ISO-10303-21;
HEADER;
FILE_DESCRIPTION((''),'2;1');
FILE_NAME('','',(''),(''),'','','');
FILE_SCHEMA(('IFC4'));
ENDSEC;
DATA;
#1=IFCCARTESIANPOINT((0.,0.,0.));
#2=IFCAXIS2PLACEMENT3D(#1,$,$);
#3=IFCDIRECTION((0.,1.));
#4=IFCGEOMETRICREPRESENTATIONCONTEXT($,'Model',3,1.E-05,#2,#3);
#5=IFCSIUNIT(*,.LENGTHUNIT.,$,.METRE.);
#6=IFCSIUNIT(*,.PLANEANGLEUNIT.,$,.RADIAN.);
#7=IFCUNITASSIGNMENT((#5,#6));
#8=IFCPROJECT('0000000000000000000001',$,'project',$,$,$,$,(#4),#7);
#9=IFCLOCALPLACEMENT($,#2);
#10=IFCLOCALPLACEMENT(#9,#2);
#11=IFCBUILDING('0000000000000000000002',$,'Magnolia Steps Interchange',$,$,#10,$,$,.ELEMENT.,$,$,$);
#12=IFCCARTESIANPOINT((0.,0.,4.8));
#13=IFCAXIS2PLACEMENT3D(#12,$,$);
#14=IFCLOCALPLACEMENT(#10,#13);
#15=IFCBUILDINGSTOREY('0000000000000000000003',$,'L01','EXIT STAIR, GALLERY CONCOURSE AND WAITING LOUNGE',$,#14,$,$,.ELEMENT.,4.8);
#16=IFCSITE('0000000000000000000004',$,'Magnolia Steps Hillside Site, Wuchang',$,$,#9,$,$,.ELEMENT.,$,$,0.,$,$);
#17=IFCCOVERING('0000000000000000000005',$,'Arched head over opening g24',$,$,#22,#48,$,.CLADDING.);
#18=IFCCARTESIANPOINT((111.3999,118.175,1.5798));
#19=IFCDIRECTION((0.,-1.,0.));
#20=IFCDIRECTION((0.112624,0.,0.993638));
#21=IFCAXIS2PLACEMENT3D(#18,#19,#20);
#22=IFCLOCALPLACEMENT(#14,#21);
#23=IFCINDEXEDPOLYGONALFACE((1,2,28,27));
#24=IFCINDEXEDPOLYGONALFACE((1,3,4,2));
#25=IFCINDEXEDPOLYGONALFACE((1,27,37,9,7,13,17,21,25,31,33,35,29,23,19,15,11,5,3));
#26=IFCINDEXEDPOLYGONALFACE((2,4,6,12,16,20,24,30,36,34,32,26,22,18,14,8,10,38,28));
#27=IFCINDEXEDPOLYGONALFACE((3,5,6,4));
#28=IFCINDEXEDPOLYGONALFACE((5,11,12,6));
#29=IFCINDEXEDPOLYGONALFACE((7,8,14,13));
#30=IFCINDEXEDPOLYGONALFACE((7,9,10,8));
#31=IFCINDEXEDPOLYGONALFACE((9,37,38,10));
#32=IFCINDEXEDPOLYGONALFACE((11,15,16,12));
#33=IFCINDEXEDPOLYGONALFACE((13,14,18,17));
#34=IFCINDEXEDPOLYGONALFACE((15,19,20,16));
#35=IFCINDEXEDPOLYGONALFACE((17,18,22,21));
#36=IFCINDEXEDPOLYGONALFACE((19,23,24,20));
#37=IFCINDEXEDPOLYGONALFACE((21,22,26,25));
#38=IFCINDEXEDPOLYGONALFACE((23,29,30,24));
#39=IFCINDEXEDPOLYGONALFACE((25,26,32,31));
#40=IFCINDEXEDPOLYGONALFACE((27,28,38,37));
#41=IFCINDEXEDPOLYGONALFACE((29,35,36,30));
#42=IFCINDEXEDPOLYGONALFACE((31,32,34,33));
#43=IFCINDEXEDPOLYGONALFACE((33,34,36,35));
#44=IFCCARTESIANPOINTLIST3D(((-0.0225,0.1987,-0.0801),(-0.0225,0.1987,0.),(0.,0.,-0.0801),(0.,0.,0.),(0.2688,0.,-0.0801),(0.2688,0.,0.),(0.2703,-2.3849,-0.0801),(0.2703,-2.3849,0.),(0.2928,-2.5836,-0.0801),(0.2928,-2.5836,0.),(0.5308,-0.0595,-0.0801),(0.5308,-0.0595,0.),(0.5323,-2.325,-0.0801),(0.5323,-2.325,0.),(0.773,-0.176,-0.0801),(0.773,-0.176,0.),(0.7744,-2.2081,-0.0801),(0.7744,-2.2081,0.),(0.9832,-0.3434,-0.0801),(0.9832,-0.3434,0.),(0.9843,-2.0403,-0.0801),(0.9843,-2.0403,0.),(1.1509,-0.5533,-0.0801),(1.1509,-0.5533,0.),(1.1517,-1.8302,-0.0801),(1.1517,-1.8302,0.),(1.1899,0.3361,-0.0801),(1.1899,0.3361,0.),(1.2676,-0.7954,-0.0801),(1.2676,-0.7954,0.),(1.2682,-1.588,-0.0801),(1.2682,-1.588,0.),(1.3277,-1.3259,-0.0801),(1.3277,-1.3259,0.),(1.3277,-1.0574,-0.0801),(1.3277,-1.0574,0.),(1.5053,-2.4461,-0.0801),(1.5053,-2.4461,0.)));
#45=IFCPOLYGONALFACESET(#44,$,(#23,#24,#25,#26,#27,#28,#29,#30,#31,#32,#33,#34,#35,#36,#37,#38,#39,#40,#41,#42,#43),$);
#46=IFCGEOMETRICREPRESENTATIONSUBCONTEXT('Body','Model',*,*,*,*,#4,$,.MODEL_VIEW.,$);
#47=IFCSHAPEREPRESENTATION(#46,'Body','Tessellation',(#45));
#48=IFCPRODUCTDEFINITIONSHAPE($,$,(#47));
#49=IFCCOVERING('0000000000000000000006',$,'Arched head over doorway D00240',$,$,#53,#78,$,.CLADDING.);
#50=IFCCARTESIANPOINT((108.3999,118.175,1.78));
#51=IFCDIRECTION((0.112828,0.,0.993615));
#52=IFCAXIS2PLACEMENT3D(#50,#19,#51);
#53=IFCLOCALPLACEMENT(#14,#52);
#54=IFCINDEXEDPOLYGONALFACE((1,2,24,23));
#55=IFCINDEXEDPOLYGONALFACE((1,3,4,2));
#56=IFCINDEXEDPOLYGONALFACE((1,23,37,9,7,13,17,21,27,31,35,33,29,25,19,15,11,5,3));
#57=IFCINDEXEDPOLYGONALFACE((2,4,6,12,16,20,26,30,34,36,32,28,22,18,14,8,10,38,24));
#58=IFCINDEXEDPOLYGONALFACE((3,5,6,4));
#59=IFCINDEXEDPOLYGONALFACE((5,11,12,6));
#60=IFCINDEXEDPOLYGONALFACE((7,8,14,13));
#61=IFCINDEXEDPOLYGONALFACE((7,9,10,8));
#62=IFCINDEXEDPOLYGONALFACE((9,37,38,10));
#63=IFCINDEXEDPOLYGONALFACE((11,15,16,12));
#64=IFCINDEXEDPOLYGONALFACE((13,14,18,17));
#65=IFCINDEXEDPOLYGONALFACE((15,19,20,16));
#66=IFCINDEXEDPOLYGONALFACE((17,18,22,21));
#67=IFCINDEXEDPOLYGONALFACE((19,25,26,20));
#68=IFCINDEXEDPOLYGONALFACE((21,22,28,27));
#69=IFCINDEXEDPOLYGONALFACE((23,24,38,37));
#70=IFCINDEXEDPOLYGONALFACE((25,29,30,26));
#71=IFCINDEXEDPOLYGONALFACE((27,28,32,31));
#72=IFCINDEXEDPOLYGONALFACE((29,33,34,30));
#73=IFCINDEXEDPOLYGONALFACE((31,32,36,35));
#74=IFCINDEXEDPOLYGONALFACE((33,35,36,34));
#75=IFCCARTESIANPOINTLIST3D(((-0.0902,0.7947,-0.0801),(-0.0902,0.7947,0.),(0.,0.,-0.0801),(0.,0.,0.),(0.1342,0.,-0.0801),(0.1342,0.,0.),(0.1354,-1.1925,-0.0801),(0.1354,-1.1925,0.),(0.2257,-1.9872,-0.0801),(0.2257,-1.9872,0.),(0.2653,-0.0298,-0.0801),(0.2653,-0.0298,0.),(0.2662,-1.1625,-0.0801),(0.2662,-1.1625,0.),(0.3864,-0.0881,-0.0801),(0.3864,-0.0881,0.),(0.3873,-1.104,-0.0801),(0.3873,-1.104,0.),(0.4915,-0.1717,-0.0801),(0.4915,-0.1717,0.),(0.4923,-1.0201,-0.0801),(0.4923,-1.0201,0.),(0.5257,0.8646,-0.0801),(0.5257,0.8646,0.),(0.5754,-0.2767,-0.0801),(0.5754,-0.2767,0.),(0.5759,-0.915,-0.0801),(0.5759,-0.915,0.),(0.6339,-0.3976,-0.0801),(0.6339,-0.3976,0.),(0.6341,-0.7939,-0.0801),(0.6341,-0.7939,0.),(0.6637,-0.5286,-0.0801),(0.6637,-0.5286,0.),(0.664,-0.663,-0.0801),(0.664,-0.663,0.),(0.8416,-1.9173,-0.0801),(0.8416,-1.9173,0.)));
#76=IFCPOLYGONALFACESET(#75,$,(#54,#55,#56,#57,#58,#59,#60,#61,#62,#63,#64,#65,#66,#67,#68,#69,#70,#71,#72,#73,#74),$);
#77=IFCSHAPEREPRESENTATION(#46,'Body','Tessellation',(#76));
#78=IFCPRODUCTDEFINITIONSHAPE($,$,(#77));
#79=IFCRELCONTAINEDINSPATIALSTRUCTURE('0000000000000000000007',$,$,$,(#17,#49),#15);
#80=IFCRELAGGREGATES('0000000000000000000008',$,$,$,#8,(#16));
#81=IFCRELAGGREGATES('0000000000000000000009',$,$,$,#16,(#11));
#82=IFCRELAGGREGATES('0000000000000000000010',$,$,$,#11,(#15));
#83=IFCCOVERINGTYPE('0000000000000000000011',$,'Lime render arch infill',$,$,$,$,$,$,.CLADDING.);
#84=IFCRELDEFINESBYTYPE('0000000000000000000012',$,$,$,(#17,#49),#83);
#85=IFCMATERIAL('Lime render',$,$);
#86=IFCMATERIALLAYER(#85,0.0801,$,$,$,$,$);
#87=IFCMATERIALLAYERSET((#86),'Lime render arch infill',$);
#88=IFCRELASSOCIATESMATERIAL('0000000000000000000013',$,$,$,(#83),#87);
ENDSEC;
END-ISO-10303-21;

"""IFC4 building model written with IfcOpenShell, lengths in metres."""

from ifc_helpers import new_model, si_unit, direction, frame, origin, place, context, subcontext, project, spatial, polyline, outline, extrude, material, layer, layer_set, type_object, element, save


model = new_model("IFC4")

# Units and contexts
model_context = context("Model", 3, precision=1e-05, world=origin(), true_north=direction((0.0, 1.0)))
body_context = subcontext(model_context, "Body", "Model", "MODEL_VIEW")
ifc_project = project(units=[si_unit("LENGTHUNIT", "METRE"), si_unit("PLANEANGLEUNIT", "RADIAN")], contexts=[model_context])

# Site, building, storey
site_placement = place(None, origin())
site = spatial("IfcSite", under=ifc_project, at=site_placement, Name="Magnolia Steps Hillside Site, Wuchang", CompositionType="ELEMENT", RefElevation=0.0)
building_placement = place(site_placement, origin())
building = spatial("IfcBuilding", under=site, at=building_placement, Name="Magnolia Steps Interchange", CompositionType="ELEMENT")
storey_placement = place(building_placement, frame((0.0, 0.0, 4.8)))
storey = spatial("IfcBuildingStorey", under=building, at=storey_placement, Name="L01", Description="EXIT STAIR, GALLERY CONCOURSE AND WAITING LOUNGE", CompositionType="ELEMENT", Elevation=4.8)

# Coverings
ifc_material_1 = material(Name="Lime render")
ifc_layer_1 = layer(ifc_material_1, 0.0801)
ifc_layer_set_1 = layer_set([ifc_layer_1], Name="Lime render arch infill")
covering_type_1 = type_object("IfcCoveringType", Name="Lime render arch infill", PredefinedType="CLADDING", material=ifc_layer_set_1)
covering_1_placement = place(storey_placement, frame((111.3999, 118.175, 1.5798), z_axis=(0.0, -1.0, 0.0), x_axis=(0.112624, 0.0, 0.993638)))
element("IfcCovering", 1, at=covering_1_placement, inside=storey, type_object=covering_type_1, Name="Arched head over opening g24", PredefinedType="CLADDING", context=body_context, shape_type="SweptSolid", body=[
    extrude(outline(polyline([(0.0, 0.0), (0.2688, 0.0), (0.5308, -0.0595), (0.773, -0.176), (0.9832, -0.3434), (1.1509, -0.5533), (1.2676, -0.7954), (1.3277, -1.0574), (1.3277, -1.3259), (1.2682, -1.588), (1.1517, -1.8302), (0.9843, -2.0403), (0.7744, -2.2081), (0.5323, -2.325), (0.2703, -2.3849), (0.2928, -2.5836), (1.5053, -2.4461), (1.1899, 0.3361), (-0.0225, 0.1987), (0.0, 0.0)])), origin(), (0.0, 0.0, -1.0), 0.0801),
])
covering_2_placement = place(storey_placement, frame((108.3999, 118.175, 1.78), z_axis=(0.0, -1.0, 0.0), x_axis=(0.112828, 0.0, 0.993615)))
element("IfcCovering", 2, at=covering_2_placement, inside=storey, type_object=covering_type_1, Name="Arched head over doorway D00240", PredefinedType="CLADDING", context=body_context, shape_type="SweptSolid", body=[
    extrude(outline(polyline([(0.0, 0.0), (0.1342, 0.0), (0.2653, -0.0298), (0.3864, -0.0881), (0.4915, -0.1717), (0.5754, -0.2767), (0.6339, -0.3976), (0.6637, -0.5286), (0.664, -0.663), (0.6341, -0.7939), (0.5759, -0.915), (0.4923, -1.0201), (0.3873, -1.104), (0.2662, -1.1625), (0.1354, -1.1925), (0.2257, -1.9872), (0.8416, -1.9173), (0.5257, 0.8646), (-0.0902, 0.7947), (0.0, 0.0)])), origin(), (0.0, 0.0, -1.0), 0.0801),
])

save(model, "model.ifc")
